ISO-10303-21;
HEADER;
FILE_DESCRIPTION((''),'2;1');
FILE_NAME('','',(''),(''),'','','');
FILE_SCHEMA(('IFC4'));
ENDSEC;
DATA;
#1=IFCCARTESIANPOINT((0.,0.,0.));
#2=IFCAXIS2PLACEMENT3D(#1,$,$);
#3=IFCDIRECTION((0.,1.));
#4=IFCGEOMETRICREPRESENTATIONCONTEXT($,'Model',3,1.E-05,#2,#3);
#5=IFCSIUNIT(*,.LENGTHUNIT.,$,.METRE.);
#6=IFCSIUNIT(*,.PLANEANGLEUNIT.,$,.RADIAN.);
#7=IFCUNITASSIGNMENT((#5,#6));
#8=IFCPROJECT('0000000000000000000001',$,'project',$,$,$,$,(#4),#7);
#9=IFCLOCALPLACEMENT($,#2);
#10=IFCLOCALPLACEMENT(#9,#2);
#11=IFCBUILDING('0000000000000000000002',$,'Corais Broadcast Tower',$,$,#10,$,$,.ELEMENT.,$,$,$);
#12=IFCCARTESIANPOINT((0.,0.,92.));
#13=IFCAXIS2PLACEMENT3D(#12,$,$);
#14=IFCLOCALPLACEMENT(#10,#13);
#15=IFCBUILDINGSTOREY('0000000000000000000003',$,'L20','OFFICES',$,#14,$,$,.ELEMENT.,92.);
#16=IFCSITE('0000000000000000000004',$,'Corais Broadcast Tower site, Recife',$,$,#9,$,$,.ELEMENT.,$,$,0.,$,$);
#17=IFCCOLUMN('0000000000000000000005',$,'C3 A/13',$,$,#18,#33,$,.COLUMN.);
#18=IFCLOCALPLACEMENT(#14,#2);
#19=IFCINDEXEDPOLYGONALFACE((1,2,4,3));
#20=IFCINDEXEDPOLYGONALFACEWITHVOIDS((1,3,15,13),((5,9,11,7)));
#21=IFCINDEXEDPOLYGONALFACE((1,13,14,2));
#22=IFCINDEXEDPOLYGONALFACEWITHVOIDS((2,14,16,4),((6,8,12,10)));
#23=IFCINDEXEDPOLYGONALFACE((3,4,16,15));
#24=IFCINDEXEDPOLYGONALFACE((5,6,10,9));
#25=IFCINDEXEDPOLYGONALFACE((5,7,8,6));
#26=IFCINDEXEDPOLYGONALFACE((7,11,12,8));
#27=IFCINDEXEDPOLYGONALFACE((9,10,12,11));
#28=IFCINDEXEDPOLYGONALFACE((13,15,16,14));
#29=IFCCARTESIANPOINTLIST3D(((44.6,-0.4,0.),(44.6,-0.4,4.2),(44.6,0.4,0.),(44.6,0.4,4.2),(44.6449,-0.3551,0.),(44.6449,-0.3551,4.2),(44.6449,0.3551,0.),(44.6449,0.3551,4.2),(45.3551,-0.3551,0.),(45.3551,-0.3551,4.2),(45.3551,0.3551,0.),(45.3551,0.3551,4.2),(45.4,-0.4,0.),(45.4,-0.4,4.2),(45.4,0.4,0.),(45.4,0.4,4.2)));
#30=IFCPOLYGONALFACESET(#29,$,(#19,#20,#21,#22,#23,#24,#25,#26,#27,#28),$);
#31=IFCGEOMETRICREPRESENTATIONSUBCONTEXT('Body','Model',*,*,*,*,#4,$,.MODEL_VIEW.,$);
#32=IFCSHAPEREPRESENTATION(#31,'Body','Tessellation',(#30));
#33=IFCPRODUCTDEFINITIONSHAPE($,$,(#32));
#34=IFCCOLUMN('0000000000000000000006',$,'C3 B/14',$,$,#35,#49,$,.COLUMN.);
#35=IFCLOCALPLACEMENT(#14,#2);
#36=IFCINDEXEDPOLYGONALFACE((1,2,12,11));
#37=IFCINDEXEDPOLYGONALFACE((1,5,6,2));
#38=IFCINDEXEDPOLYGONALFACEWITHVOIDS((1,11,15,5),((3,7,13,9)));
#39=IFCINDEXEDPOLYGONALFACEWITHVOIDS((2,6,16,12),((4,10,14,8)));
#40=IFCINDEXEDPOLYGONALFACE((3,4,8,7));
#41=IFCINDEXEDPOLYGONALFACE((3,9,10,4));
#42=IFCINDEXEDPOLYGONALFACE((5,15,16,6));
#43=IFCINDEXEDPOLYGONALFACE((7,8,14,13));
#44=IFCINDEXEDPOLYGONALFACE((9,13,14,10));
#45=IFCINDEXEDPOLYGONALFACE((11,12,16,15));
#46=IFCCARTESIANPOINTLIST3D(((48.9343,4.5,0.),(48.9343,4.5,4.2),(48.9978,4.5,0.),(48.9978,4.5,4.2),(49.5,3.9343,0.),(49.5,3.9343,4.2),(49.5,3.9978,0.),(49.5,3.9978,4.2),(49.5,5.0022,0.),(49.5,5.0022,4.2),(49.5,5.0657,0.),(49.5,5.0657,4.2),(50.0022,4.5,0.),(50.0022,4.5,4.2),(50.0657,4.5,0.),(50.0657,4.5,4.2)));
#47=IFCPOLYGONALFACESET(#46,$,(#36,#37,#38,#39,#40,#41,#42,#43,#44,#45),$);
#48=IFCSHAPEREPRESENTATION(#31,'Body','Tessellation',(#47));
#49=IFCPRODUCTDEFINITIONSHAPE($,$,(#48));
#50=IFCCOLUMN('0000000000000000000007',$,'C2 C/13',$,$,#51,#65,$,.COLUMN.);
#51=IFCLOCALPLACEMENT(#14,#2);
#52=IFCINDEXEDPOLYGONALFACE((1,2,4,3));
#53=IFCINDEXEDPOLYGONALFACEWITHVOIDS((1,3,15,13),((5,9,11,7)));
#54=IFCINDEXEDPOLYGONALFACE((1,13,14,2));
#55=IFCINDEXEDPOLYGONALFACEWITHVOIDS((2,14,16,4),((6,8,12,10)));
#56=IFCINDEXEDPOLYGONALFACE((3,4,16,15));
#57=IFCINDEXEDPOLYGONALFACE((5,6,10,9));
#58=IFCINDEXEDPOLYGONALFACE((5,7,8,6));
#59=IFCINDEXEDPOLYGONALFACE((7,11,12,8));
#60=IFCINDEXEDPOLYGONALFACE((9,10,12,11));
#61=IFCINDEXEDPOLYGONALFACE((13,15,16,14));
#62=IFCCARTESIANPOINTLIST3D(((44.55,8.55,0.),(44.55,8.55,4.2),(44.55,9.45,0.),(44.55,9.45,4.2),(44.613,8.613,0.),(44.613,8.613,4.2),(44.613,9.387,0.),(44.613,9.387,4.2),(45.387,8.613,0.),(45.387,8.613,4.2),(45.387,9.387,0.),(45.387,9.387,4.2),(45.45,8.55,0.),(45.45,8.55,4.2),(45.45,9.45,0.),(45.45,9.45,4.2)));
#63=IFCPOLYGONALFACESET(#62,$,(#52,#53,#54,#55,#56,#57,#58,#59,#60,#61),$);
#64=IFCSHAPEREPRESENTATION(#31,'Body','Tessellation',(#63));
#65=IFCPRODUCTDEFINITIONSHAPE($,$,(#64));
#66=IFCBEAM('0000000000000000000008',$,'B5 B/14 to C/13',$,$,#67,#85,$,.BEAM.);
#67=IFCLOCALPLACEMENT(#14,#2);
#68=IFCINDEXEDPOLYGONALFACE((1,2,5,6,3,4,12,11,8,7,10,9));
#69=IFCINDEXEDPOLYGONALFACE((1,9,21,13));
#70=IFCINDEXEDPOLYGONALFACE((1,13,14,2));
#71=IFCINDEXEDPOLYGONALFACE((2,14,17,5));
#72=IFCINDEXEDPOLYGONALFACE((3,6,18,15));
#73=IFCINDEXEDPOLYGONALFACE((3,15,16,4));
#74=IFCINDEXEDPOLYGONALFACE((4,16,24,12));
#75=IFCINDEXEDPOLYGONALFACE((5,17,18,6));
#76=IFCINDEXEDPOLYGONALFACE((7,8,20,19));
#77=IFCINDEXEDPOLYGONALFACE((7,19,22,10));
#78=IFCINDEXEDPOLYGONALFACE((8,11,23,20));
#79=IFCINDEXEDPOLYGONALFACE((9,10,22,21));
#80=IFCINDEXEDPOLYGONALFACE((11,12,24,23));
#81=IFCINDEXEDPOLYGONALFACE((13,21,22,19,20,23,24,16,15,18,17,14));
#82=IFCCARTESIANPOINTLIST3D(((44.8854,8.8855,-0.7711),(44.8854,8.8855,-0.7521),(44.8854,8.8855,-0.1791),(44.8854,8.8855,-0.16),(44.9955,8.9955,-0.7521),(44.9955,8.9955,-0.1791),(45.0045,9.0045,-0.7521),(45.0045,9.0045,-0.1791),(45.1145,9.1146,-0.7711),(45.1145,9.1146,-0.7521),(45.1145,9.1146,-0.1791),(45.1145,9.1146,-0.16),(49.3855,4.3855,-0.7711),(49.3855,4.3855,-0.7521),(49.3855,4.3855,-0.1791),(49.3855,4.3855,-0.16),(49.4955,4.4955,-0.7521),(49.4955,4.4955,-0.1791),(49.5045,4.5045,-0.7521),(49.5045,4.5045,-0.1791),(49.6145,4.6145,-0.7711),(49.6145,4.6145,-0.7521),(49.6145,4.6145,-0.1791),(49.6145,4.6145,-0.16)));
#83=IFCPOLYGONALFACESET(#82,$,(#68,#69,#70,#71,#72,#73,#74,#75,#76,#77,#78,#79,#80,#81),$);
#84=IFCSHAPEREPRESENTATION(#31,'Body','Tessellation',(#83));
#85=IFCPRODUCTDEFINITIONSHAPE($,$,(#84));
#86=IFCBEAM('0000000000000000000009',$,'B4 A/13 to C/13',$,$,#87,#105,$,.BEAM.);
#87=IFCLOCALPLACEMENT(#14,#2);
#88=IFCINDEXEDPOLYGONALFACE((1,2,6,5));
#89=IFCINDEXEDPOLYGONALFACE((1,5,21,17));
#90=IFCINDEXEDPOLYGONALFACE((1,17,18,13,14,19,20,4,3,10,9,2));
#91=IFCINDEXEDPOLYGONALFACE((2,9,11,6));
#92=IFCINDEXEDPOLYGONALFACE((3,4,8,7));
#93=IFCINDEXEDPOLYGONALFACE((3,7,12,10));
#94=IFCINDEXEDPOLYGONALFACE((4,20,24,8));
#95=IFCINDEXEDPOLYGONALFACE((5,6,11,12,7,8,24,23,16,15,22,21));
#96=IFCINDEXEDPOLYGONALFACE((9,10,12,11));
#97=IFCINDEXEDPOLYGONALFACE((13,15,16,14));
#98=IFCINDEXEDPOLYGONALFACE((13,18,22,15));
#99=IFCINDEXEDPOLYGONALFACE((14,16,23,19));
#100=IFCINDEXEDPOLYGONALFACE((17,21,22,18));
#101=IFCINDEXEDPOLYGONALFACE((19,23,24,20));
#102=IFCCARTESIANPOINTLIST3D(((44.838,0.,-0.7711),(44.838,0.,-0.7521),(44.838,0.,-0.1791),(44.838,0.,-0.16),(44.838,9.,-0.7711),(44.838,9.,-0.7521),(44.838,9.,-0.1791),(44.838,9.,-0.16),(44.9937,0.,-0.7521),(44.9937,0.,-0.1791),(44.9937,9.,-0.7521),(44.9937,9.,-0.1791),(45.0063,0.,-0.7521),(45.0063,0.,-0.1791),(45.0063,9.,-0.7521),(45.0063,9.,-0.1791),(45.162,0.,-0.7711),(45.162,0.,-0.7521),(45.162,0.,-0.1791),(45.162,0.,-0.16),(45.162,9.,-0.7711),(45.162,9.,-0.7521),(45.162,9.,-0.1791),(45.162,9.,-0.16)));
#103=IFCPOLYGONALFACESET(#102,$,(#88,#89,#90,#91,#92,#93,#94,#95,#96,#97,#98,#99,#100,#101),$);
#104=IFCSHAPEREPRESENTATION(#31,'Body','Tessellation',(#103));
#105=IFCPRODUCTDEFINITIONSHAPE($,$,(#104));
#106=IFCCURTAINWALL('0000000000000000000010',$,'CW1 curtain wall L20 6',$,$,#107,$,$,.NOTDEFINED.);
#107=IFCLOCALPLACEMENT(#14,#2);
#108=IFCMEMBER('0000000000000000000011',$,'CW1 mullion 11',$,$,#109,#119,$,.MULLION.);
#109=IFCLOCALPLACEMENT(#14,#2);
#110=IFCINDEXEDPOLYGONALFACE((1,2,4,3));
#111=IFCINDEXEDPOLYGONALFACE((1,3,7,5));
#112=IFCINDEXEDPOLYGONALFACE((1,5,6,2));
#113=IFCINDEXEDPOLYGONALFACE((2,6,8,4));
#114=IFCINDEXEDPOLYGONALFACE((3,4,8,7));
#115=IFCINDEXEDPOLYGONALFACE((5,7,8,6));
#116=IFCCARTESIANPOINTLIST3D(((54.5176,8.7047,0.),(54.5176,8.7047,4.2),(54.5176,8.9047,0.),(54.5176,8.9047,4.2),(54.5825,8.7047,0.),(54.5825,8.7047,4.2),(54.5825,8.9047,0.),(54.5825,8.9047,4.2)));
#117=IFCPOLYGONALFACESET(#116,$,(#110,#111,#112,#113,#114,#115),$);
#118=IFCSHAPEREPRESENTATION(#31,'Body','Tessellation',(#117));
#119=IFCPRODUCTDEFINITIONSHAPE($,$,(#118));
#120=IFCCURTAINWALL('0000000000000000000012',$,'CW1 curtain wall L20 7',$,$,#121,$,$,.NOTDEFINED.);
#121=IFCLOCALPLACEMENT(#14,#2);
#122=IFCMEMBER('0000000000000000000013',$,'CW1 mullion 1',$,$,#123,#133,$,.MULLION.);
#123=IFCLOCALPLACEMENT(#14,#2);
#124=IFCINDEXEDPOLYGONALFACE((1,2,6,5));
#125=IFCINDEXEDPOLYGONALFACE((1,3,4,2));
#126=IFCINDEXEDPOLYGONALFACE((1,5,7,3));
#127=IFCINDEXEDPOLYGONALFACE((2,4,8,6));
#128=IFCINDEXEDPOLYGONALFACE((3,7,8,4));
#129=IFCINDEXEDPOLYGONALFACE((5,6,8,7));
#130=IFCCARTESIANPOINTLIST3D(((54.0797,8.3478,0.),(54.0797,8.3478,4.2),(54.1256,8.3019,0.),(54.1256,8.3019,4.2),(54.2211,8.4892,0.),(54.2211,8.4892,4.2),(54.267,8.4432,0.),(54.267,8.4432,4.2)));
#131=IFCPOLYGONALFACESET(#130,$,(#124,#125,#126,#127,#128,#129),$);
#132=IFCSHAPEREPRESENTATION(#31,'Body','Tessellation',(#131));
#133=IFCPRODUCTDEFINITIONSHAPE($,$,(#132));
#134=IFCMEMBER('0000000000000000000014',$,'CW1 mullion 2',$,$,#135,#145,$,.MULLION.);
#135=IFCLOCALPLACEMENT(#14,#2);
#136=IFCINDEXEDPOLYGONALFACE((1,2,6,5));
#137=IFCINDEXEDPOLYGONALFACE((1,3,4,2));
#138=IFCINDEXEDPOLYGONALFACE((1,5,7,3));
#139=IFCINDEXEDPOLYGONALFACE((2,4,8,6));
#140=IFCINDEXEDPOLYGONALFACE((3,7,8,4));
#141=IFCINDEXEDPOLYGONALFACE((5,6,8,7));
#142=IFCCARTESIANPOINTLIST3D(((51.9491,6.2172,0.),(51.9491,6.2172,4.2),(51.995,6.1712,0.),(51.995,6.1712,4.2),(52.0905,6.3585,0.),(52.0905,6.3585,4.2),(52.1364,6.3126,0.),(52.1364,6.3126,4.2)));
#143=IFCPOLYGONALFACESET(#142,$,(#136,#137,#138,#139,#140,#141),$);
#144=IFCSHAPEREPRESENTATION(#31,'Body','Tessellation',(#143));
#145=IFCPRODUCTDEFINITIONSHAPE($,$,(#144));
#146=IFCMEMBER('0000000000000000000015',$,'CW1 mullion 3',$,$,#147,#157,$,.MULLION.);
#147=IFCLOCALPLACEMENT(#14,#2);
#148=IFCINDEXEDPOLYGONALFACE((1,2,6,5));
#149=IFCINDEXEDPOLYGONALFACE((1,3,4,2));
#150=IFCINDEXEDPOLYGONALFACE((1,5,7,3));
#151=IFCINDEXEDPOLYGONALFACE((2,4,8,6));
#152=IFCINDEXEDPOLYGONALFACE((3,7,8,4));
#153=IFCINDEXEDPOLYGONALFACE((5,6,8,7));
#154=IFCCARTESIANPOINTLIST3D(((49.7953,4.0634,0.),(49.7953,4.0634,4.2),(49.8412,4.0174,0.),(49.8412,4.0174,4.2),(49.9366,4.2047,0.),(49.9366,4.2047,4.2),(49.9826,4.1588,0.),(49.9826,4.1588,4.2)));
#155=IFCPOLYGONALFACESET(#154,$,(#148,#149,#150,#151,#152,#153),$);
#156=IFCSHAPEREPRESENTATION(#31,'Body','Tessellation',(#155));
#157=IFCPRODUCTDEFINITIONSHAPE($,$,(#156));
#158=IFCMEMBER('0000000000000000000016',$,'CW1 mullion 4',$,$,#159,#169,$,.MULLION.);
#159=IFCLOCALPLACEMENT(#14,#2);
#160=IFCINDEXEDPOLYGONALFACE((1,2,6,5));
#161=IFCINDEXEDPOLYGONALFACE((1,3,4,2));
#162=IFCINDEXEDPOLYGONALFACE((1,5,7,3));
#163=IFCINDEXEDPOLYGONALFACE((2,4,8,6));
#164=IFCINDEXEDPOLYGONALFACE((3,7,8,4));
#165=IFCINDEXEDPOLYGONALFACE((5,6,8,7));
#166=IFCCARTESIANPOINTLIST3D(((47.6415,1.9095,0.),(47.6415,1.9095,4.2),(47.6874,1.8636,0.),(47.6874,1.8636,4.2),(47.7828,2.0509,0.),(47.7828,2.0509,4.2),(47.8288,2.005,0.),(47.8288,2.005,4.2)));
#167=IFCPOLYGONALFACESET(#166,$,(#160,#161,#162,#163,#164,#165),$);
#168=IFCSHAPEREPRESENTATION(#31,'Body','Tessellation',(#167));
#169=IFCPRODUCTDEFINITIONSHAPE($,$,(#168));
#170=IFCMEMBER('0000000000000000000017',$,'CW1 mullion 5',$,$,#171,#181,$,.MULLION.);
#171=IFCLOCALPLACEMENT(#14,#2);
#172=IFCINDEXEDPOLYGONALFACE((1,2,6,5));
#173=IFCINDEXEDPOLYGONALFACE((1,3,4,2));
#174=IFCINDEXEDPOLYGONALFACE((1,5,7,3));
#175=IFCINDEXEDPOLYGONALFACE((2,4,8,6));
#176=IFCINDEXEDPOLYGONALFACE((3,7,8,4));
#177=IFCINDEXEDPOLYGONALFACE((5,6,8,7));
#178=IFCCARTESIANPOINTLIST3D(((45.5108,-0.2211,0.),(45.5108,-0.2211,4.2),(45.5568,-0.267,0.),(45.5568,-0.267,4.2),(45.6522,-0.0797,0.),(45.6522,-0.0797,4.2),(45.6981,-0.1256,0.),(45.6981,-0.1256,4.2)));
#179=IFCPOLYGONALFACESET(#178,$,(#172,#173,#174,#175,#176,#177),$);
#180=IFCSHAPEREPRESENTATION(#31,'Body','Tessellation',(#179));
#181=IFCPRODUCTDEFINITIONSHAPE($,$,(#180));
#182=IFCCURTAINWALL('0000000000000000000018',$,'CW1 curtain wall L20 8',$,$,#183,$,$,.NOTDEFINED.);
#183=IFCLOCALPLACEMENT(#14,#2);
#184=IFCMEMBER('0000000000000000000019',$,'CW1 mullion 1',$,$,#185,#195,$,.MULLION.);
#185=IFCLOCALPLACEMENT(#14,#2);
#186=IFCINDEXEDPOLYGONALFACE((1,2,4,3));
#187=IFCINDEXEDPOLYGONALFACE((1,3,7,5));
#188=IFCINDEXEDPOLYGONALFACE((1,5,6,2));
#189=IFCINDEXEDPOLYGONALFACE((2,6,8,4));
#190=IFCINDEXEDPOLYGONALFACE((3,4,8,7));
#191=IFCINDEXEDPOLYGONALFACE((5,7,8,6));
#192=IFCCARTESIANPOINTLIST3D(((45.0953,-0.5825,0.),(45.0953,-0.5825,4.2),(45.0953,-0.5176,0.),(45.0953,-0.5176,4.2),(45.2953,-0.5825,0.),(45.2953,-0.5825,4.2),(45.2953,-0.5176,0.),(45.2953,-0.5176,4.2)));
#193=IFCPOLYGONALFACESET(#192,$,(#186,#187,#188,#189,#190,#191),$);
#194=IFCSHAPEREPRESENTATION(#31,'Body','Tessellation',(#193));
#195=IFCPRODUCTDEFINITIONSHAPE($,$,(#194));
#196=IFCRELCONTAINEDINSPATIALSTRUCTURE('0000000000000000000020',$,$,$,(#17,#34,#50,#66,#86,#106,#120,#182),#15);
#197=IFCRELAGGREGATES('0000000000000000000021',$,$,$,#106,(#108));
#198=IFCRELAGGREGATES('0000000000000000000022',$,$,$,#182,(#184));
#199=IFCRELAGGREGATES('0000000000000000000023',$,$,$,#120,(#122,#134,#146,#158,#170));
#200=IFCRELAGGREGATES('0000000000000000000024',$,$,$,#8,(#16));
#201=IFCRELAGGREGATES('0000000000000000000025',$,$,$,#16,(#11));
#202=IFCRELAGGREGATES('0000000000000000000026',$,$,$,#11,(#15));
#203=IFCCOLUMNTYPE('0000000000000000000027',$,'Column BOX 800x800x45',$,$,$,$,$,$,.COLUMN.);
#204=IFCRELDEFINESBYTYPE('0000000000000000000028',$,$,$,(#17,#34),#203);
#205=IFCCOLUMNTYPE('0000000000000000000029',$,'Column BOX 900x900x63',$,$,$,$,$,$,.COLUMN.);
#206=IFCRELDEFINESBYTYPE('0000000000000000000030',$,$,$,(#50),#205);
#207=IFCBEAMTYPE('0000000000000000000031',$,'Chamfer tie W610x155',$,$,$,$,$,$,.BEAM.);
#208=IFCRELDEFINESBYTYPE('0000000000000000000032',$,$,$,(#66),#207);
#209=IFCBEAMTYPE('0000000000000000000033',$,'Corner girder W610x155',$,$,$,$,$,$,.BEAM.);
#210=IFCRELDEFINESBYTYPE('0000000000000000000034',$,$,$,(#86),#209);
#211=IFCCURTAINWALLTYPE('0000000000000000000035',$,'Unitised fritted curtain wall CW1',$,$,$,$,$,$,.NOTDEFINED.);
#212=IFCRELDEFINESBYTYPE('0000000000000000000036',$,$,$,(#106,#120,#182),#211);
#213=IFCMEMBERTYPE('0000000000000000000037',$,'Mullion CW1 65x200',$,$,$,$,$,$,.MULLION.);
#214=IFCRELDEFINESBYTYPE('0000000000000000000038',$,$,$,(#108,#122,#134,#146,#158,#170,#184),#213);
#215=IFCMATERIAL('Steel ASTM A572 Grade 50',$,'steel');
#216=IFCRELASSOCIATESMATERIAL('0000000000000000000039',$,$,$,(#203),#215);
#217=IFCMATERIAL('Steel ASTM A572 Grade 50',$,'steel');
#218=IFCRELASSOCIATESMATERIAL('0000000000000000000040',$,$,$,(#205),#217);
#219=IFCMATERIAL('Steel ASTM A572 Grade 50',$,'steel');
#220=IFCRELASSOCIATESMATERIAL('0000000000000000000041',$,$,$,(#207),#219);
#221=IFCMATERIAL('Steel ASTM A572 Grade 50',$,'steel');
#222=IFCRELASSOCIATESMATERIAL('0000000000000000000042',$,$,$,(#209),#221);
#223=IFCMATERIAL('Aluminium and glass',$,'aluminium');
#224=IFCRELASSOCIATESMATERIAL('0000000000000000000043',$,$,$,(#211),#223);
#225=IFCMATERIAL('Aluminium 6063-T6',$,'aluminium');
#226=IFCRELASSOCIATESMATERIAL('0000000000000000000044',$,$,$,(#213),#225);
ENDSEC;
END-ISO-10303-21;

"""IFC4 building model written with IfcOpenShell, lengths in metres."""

from ifc_helpers import new_model, si_unit, direction, frame, origin, origin_2d, place, context, subcontext, project, spatial, rectangle, hollow_rectangle, i_section, extrude, material, material_profile, profile_set, type_object, element, aggregate, save


model = new_model("IFC4")

# Units and contexts
model_context = context("Model", 3, precision=1e-05, world=origin(), true_north=direction((0.0, 1.0)))
body_context = subcontext(model_context, "Body", "Model", "MODEL_VIEW")
ifc_project = project(units=[si_unit("LENGTHUNIT", "METRE"), si_unit("PLANEANGLEUNIT", "RADIAN")], contexts=[model_context])

# Site, building, storey
site_placement = place(None, origin())
site = spatial("IfcSite", under=ifc_project, at=site_placement, Name="Corais Broadcast Tower site, Recife", CompositionType="ELEMENT", RefElevation=0.0)
building_placement = place(site_placement, origin())
building = spatial("IfcBuilding", under=site, at=building_placement, Name="Corais Broadcast Tower", CompositionType="ELEMENT")
storey_placement = place(building_placement, frame((0.0, 0.0, 92.0)))
storey = spatial("IfcBuildingStorey", under=building, at=storey_placement, Name="L20", Description="OFFICES", CompositionType="ELEMENT", Elevation=92.0)

# Columns
ifc_material_1 = material(Name="Steel ASTM A572 Grade 50", Category="steel")
ifc_material_profile_1 = material_profile(ifc_material_1, hollow_rectangle(XDim=0.8, YDim=0.8, WallThickness=0.0449, at=origin_2d()), Name="BOX 800x800x45")
ifc_profile_set_1 = profile_set([ifc_material_profile_1], Name="Steel ASTM A572 Grade 50")
column_type_1 = type_object("IfcColumnType", Name="Column BOX 800x800x45", PredefinedType="COLUMN", material=ifc_profile_set_1)
for number, where, z_axis, x_axis, name in (
    (1, (45.0, 0.0, 0.0), (0.0, 0.0, 1.0), (1.0, 0.0, 0.0), "C3 A/13"),
    (2, (49.5, 4.5, 0.0), (0.0, 0.0, 1.0), (0.707107, 0.707107, 0.0), "C3 B/14"),
):
    element("IfcColumn", number, at=place(storey_placement, frame(where, z_axis=z_axis, x_axis=x_axis)), inside=storey, type_object=column_type_1, Name=name, PredefinedType="COLUMN", context=body_context, shape_type="SweptSolid", body=[
        extrude(hollow_rectangle(XDim=0.8, YDim=0.8, WallThickness=0.0449, at=origin_2d()), origin(), (0.0, 0.0, 1.0), 4.2),
    ])
ifc_material_2 = material(Name="Steel ASTM A572 Grade 50", Category="steel")
ifc_material_profile_2 = material_profile(ifc_material_2, hollow_rectangle(XDim=0.8999, YDim=0.8999, WallThickness=0.063, at=origin_2d()), Name="BOX 900x900x63")
ifc_profile_set_2 = profile_set([ifc_material_profile_2], Name="Steel ASTM A572 Grade 50")
column_type_2 = type_object("IfcColumnType", Name="Column BOX 900x900x63", PredefinedType="COLUMN", material=ifc_profile_set_2)
column_placement = place(storey_placement, frame((45.0, 9.0, 0.0), z_axis=(0.0, 0.0, 1.0), x_axis=(1.0, 0.0, 0.0)))
element("IfcColumn", 3, at=column_placement, inside=storey, type_object=column_type_2, Name="C2 C/13", PredefinedType="COLUMN", context=body_context, shape_type="SweptSolid", body=[
    extrude(hollow_rectangle(XDim=0.8999, YDim=0.8999, WallThickness=0.063, at=origin_2d()), origin(), (0.0, 0.0, 1.0), 4.2),
])

# Beams
ifc_material_3 = material(Name="Steel ASTM A572 Grade 50", Category="steel")
ifc_material_profile_3 = material_profile(ifc_material_3, i_section(OverallWidth=0.324, OverallDepth=0.6111, WebThickness=0.0127, FlangeThickness=0.019, at=origin_2d()), Name="W610x155")
ifc_profile_set_3 = profile_set([ifc_material_profile_3], Name="Steel ASTM A572 Grade 50")
beam_type_1 = type_object("IfcBeamType", Name="Chamfer tie W610x155", PredefinedType="BEAM", material=ifc_profile_set_3)
beam_1_placement = place(storey_placement, frame((49.5, 4.5, -0.4656), z_axis=(-0.707107, 0.707107, 0.0), x_axis=(-0.707107, -0.707107, 0.0)))
element("IfcBeam", 4, at=beam_1_placement, inside=storey, type_object=beam_type_1, Name="B5 B/14 to C/13", PredefinedType="BEAM", context=body_context, shape_type="SweptSolid", body=[
    extrude(i_section(OverallWidth=0.324, OverallDepth=0.6111, WebThickness=0.0127, FlangeThickness=0.019, at=origin_2d()), origin(), (0.0, 0.0, 1.0), 6.364),
])
ifc_material_4 = material(Name="Steel ASTM A572 Grade 50", Category="steel")
ifc_material_profile_4 = material_profile(ifc_material_4, i_section(OverallWidth=0.324, OverallDepth=0.6111, WebThickness=0.0127, FlangeThickness=0.019, at=origin_2d()), Name="W610x155")
ifc_profile_set_4 = profile_set([ifc_material_profile_4], Name="Steel ASTM A572 Grade 50")
beam_type_2 = type_object("IfcBeamType", Name="Corner girder W610x155", PredefinedType="BEAM", material=ifc_profile_set_4)
beam_2_placement = place(storey_placement, frame((45.0, 0.0, -0.4656), z_axis=(0.0, 1.0, 0.0), x_axis=(-1.0, 0.0, 0.0)))
element("IfcBeam", 5, at=beam_2_placement, inside=storey, type_object=beam_type_2, Name="B4 A/13 to C/13", PredefinedType="BEAM", context=body_context, shape_type="SweptSolid", body=[
    extrude(i_section(OverallWidth=0.324, OverallDepth=0.6111, WebThickness=0.0127, FlangeThickness=0.019, at=origin_2d()), origin(), (0.0, 0.0, 1.0), 9.0),
])

# Curtain wall, member
ifc_material_5 = material(Name="Aluminium and glass", Category="aluminium")
curtain_wall_type = type_object("IfcCurtainWallType", Name="Unitised fritted curtain wall CW1", PredefinedType="NOTDEFINED", material=ifc_material_5)
curtain_wall_1_placement = place(storey_placement, origin())
curtain_wall_1 = element("IfcCurtainWall", 6, at=curtain_wall_1_placement, inside=storey, type_object=curtain_wall_type, Name="CW1 curtain wall L20 6", PredefinedType="NOTDEFINED")
ifc_material_6 = material(Name="Aluminium 6063-T6", Category="aluminium")
ifc_material_profile_5 = material_profile(ifc_material_6, rectangle(XDim=0.0649, YDim=0.2, at=origin_2d()), Name="Mullion CW1 65x200")
ifc_profile_set_5 = profile_set([ifc_material_profile_5], Name="Aluminium 6063-T6")
member_type_1 = type_object("IfcMemberType", Name="Mullion CW1 65x200", PredefinedType="MULLION", material=ifc_profile_set_5)
member_1_placement = place(storey_placement, frame((54.55, 8.8047, 0.0), z_axis=(0.0, 0.0, 1.0), x_axis=(1.0, 0.0, 0.0)))
member_1 = element("IfcMember", 7, at=member_1_placement, type_object=member_type_1, Name="CW1 mullion 11", PredefinedType="MULLION", context=body_context, shape_type="SweptSolid", body=[
    extrude(rectangle(XDim=0.0649, YDim=0.2, at=origin_2d()), origin(), (0.0, 0.0, 1.0), 4.2),
])
aggregate(curtain_wall_1, [member_1])

# Curtain wall, members
curtain_wall_2_placement = place(storey_placement, origin())
curtain_wall_2 = element("IfcCurtainWall", 8, at=curtain_wall_2_placement, inside=storey, type_object=curtain_wall_type, Name="CW1 curtain wall L20 7", PredefinedType="NOTDEFINED")
member_2_placement = place(storey_placement, frame((54.1733, 8.3955, 0.0), z_axis=(0.0, 0.0, 1.0), x_axis=(0.707107, -0.707107, 0.0)))
member_2 = element("IfcMember", 9, at=member_2_placement, type_object=member_type_1, Name="CW1 mullion 1", PredefinedType="MULLION", context=body_context, shape_type="SweptSolid", body=[
    extrude(rectangle(XDim=0.0649, YDim=0.2, at=origin_2d()), origin(), (0.0, 0.0, 1.0), 4.2),
])
member_3_placement = place(storey_placement, frame((52.0427, 6.2649, 0.0), z_axis=(0.0, 0.0, 1.0), x_axis=(0.707107, -0.707107, 0.0)))
member_3 = element("IfcMember", 10, at=member_3_placement, type_object=member_type_1, Name="CW1 mullion 2", PredefinedType="MULLION", context=body_context, shape_type="SweptSolid", body=[
    extrude(rectangle(XDim=0.0649, YDim=0.2, at=origin_2d()), origin(), (0.0, 0.0, 1.0), 4.2),
])
member_4_placement = place(storey_placement, frame((49.8889, 4.1111, 0.0), z_axis=(0.0, 0.0, 1.0), x_axis=(0.707107, -0.707107, 0.0)))
member_4 = element("IfcMember", 11, at=member_4_placement, type_object=member_type_1, Name="CW1 mullion 3", PredefinedType="MULLION", context=body_context, shape_type="SweptSolid", body=[
    extrude(rectangle(XDim=0.0649, YDim=0.2, at=origin_2d()), origin(), (0.0, 0.0, 1.0), 4.2),
])
member_5_placement = place(storey_placement, frame((47.7351, 1.9573, 0.0), z_axis=(0.0, 0.0, 1.0), x_axis=(0.707107, -0.707107, 0.0)))
member_5 = element("IfcMember", 12, at=member_5_placement, type_object=member_type_1, Name="CW1 mullion 4", PredefinedType="MULLION", context=body_context, shape_type="SweptSolid", body=[
    extrude(rectangle(XDim=0.0649, YDim=0.2, at=origin_2d()), origin(), (0.0, 0.0, 1.0), 4.2),
])
member_6_placement = place(storey_placement, frame((45.6045, -0.1733, 0.0), z_axis=(0.0, 0.0, 1.0), x_axis=(0.707107, -0.707107, 0.0)))
member_6 = element("IfcMember", 13, at=member_6_placement, type_object=member_type_1, Name="CW1 mullion 5", PredefinedType="MULLION", context=body_context, shape_type="SweptSolid", body=[
    extrude(rectangle(XDim=0.0649, YDim=0.2, at=origin_2d()), origin(), (0.0, 0.0, 1.0), 4.2),
])

# Curtain wall, member
curtain_wall_3_placement = place(storey_placement, origin())
curtain_wall_3 = element("IfcCurtainWall", 14, at=curtain_wall_3_placement, inside=storey, type_object=curtain_wall_type, Name="CW1 curtain wall L20 8", PredefinedType="NOTDEFINED")
member_7_placement = place(storey_placement, frame((45.1953, -0.55, 0.0), z_axis=(0.0, 0.0, 1.0), x_axis=(0.0, -1.0, 0.0)))
member_7 = element("IfcMember", 15, at=member_7_placement, type_object=member_type_1, Name="CW1 mullion 1", PredefinedType="MULLION", context=body_context, shape_type="SweptSolid", body=[
    extrude(rectangle(XDim=0.0649, YDim=0.2, at=origin_2d()), origin(), (0.0, 0.0, 1.0), 4.2),
])

aggregate(curtain_wall_3, [member_7])
aggregate(curtain_wall_2, [member_2, member_3, member_4, member_5, member_6])

save(model, "model.ifc")
